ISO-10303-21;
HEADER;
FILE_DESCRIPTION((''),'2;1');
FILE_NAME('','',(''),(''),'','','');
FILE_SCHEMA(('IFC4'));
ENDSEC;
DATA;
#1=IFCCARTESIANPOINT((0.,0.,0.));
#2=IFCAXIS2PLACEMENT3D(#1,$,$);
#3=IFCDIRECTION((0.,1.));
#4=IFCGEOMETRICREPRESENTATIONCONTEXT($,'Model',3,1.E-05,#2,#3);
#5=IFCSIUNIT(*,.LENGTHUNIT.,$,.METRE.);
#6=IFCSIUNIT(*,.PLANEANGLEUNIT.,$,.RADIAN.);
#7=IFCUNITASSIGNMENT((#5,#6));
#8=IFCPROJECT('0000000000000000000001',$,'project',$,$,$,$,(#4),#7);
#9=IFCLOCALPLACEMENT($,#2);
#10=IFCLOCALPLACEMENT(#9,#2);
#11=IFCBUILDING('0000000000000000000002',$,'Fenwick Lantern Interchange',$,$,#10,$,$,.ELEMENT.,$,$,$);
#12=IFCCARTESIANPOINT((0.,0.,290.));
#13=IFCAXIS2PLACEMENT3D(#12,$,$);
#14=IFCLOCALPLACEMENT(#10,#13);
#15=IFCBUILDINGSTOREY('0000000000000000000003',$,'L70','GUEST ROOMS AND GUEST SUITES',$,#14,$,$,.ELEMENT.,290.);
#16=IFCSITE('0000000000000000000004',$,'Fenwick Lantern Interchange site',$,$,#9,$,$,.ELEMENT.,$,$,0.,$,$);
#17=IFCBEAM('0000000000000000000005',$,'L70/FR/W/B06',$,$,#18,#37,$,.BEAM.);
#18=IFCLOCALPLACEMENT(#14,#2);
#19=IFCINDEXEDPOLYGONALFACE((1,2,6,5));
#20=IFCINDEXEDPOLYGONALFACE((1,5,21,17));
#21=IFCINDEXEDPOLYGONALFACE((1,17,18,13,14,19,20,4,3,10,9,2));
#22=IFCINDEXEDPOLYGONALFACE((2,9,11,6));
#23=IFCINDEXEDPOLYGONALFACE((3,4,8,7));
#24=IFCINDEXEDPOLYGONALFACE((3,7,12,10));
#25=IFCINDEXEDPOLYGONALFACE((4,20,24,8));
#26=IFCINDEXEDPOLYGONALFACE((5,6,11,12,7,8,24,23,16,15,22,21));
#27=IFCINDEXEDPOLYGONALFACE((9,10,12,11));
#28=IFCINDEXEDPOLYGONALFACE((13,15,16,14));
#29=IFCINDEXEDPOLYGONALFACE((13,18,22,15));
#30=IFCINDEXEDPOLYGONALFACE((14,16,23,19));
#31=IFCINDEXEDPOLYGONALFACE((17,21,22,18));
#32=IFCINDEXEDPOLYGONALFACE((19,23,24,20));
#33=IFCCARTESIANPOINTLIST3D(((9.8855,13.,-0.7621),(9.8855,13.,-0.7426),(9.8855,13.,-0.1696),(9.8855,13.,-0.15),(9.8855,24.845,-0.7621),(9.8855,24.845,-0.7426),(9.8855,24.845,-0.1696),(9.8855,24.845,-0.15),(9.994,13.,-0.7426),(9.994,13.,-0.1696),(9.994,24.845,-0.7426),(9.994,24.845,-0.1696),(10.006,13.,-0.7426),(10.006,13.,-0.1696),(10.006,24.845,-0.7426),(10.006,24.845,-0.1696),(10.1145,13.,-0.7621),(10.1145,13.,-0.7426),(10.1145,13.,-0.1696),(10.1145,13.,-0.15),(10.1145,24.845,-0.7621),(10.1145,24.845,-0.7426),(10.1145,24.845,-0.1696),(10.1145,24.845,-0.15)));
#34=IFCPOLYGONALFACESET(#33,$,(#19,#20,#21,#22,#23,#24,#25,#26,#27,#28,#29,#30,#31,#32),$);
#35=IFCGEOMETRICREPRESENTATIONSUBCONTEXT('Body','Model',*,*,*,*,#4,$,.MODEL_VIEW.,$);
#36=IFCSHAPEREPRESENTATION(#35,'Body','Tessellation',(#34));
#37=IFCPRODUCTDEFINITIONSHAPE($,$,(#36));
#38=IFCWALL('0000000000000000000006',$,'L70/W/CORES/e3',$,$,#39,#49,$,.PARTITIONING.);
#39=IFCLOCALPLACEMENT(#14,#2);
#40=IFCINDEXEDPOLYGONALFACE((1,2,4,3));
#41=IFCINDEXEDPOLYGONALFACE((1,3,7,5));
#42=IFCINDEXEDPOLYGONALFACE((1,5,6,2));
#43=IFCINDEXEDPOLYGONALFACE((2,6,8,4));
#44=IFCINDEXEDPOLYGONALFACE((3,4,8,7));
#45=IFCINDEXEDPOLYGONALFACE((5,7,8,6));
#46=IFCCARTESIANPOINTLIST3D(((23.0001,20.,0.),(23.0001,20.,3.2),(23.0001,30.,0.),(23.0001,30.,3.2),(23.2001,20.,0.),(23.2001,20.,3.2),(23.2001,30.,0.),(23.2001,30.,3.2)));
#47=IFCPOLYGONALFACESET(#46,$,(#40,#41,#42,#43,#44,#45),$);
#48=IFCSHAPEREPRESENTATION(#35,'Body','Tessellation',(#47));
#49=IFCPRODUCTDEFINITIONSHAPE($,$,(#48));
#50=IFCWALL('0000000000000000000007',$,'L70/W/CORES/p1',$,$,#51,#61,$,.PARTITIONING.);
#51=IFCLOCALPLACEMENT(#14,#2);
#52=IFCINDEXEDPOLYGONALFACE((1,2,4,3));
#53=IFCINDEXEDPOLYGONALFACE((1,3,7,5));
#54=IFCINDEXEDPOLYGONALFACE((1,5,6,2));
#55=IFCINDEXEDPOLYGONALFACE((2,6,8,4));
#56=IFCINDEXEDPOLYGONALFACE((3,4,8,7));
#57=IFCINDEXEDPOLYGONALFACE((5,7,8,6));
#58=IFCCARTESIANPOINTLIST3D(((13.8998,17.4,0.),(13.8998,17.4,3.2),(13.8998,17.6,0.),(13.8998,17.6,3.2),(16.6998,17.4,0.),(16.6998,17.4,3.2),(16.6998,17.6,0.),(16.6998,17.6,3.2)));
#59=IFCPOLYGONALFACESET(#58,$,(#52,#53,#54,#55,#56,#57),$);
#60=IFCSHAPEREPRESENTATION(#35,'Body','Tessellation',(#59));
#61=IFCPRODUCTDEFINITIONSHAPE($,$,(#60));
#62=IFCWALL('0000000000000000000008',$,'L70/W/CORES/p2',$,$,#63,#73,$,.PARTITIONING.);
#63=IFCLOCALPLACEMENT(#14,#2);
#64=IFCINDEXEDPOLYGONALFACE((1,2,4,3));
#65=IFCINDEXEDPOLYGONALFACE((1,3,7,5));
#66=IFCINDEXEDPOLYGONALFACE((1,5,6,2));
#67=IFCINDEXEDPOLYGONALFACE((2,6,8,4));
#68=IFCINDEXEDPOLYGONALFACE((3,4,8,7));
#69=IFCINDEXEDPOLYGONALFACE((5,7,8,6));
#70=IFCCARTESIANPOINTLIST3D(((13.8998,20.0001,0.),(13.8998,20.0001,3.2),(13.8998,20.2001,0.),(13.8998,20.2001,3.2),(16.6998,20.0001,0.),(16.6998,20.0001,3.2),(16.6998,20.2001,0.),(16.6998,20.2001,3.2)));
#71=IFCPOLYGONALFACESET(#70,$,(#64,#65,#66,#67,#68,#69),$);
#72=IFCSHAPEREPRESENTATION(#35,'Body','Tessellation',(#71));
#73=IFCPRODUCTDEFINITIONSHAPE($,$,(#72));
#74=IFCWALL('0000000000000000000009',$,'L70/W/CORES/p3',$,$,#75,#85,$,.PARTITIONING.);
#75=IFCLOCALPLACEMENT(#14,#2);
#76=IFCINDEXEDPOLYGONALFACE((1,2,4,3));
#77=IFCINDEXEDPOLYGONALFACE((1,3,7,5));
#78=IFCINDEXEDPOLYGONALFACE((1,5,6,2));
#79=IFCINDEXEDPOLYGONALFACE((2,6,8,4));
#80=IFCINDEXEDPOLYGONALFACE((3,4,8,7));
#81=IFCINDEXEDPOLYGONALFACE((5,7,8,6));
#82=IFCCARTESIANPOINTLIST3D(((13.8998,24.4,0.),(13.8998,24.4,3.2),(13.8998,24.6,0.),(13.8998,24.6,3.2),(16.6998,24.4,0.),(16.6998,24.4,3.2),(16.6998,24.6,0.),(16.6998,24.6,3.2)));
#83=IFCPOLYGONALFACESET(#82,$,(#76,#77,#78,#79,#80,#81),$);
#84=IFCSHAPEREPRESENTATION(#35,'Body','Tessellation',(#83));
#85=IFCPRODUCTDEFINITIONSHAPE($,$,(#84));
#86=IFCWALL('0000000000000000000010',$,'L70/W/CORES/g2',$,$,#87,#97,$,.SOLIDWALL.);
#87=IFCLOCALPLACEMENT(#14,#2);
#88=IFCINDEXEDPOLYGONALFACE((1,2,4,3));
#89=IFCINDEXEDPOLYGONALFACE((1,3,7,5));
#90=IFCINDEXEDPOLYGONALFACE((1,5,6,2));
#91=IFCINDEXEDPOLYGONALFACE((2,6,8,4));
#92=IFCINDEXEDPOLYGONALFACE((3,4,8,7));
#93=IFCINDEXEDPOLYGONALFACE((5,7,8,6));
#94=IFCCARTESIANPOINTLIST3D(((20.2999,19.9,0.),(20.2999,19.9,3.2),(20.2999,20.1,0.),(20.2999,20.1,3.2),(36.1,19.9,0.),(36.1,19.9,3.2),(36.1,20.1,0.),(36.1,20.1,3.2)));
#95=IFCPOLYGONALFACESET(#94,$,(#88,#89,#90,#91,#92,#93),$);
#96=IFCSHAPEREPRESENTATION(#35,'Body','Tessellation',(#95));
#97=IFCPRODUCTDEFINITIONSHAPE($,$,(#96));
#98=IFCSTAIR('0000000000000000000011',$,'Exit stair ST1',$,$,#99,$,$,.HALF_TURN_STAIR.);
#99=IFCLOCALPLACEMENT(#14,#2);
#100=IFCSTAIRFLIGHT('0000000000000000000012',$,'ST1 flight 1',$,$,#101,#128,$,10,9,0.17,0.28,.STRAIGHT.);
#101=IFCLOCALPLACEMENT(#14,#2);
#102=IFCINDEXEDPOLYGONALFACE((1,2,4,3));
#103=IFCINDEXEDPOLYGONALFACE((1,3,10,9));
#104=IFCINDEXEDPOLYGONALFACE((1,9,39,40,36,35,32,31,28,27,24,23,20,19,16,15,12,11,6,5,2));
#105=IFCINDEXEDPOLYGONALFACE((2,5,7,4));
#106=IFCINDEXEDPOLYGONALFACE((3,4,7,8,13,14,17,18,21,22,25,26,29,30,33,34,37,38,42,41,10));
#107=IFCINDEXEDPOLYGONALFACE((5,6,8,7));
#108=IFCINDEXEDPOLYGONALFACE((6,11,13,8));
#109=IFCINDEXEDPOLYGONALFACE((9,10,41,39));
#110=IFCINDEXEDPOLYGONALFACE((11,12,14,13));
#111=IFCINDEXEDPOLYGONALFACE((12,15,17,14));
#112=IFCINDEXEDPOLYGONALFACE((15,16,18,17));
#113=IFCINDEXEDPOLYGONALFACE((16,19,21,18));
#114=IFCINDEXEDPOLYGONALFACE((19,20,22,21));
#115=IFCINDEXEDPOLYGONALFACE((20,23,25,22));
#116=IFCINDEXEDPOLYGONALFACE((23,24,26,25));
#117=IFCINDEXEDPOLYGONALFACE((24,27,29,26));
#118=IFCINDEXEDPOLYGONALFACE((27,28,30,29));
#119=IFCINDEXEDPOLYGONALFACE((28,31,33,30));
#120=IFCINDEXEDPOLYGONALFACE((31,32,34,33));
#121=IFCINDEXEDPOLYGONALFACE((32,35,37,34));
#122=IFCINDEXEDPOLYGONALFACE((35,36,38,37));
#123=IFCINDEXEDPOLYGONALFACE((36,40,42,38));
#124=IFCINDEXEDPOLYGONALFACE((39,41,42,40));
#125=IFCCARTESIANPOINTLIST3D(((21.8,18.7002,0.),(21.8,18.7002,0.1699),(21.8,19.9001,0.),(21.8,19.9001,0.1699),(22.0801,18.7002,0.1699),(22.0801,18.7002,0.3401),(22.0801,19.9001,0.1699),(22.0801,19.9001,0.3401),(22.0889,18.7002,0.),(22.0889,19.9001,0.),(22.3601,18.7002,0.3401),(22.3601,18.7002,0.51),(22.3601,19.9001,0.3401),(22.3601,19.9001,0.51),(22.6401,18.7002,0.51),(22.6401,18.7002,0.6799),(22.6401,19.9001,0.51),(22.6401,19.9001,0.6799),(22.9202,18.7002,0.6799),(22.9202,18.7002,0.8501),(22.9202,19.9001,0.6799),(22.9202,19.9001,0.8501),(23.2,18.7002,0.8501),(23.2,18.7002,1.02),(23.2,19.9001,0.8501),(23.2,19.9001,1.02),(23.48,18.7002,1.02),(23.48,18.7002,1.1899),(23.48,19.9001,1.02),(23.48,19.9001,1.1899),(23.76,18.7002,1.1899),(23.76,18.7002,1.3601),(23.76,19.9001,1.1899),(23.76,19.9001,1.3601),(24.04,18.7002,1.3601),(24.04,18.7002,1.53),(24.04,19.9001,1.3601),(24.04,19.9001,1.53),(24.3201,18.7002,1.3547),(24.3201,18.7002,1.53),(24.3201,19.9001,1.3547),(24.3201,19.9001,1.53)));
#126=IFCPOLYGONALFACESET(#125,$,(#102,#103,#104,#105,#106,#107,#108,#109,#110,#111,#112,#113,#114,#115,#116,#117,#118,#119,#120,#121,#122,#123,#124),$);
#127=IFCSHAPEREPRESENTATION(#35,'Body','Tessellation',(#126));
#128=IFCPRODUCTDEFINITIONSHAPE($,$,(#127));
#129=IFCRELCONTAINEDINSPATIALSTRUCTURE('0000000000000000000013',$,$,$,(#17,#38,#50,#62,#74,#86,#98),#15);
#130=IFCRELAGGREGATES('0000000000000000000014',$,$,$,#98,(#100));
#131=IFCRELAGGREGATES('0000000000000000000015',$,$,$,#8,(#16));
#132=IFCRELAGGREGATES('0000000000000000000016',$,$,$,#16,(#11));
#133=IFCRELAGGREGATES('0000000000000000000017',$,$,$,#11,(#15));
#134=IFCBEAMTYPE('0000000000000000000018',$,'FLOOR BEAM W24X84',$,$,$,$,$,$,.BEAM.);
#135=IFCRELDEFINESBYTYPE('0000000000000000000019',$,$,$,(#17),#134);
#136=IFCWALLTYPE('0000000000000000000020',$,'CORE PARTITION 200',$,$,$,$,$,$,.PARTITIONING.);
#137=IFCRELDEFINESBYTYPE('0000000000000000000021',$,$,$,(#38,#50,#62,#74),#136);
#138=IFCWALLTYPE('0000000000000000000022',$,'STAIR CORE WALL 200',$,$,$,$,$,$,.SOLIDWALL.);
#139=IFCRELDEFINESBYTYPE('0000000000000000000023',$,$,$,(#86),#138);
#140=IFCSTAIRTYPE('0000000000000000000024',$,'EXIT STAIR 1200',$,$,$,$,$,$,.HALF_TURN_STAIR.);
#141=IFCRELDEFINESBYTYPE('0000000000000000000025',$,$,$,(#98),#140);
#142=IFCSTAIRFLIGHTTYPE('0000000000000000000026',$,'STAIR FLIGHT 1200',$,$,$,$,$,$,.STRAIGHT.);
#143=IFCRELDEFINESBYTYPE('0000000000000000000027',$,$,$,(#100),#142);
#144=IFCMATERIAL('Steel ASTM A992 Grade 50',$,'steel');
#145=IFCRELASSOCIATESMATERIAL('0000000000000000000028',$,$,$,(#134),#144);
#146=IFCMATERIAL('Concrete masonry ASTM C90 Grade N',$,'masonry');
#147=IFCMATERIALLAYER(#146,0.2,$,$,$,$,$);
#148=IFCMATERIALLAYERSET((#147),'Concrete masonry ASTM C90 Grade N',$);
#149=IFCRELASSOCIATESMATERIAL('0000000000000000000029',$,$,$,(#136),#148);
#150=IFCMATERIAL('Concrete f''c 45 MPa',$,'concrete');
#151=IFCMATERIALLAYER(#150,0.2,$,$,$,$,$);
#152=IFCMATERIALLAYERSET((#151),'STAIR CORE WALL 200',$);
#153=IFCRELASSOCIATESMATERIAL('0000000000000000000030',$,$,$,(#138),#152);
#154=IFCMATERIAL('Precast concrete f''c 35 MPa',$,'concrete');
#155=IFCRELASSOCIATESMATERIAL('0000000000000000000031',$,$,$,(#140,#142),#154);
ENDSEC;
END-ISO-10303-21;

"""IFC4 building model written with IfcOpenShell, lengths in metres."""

from ifc_helpers import new_model, si_unit, direction, frame, frame_2d, origin, origin_2d, place, context, subcontext, project, spatial, polyline, rectangle, i_section, outline, extrude, material, layer, layer_set, material_profile, profile_set, type_object, element, aggregate, save


model = new_model("IFC4")

# Units and contexts
model_context = context("Model", 3, precision=1e-05, world=origin(), true_north=direction((0.0, 1.0)))
body_context = subcontext(model_context, "Body", "Model", "MODEL_VIEW")
ifc_project = project(units=[si_unit("LENGTHUNIT", "METRE"), si_unit("PLANEANGLEUNIT", "RADIAN")], contexts=[model_context])

# Site, building, storey
site_placement = place(None, origin())
site = spatial("IfcSite", under=ifc_project, at=site_placement, Name="Fenwick Lantern Interchange site", CompositionType="ELEMENT", RefElevation=0.0)
building_placement = place(site_placement, origin())
building = spatial("IfcBuilding", under=site, at=building_placement, Name="Fenwick Lantern Interchange", CompositionType="ELEMENT")
storey_placement = place(building_placement, frame((0.0, 0.0, 290.0)))
storey = spatial("IfcBuildingStorey", under=building, at=storey_placement, Name="L70", Description="GUEST ROOMS AND GUEST SUITES", CompositionType="ELEMENT", Elevation=290.0)

# Beam
ifc_material_1 = material(Name="Steel ASTM A992 Grade 50", Category="steel")
ifc_material_profile = material_profile(ifc_material_1, i_section(OverallWidth=0.229, OverallDepth=0.6121, WebThickness=0.012, FlangeThickness=0.0195, at=origin_2d()), Name="W24X84")
ifc_profile_set = profile_set([ifc_material_profile], Name="Steel ASTM A992 Grade 50")
beam_type = type_object("IfcBeamType", Name="FLOOR BEAM W24X84", PredefinedType="BEAM", material=ifc_profile_set)
beam_placement = place(storey_placement, frame((10.0, 24.845, -0.4561), z_axis=(0.0, -1.0, 0.0), x_axis=(1.0, 0.0, 0.0)))
element("IfcBeam", 1, at=beam_placement, inside=storey, type_object=beam_type, Name="L70/FR/W/B06", PredefinedType="BEAM", context=body_context, shape_type="SweptSolid", body=[
    extrude(i_section(OverallWidth=0.229, OverallDepth=0.6121, WebThickness=0.012, FlangeThickness=0.0195, at=origin_2d()), origin(), (0.0, 0.0, 1.0), 11.845),
])

# Walls
ifc_material_2 = material(Name="Concrete masonry ASTM C90 Grade N", Category="masonry")
ifc_layer_1 = layer(ifc_material_2, 0.2)
ifc_layer_set_1 = layer_set([ifc_layer_1], Name="Concrete masonry ASTM C90 Grade N")
wall_type_1 = type_object("IfcWallType", Name="CORE PARTITION 200", PredefinedType="PARTITIONING", material=ifc_layer_set_1)
wall_1_placement = place(storey_placement, frame((23.1001, 20.0, 0.0), z_axis=(0.0, 0.0, 1.0), x_axis=(0.0, 1.0, 0.0)))
element("IfcWall", 2, at=wall_1_placement, inside=storey, type_object=wall_type_1, Name="L70/W/CORES/e3", PredefinedType="PARTITIONING", context=body_context, shape_type="SweptSolid", body=[
    extrude(rectangle(XDim=10.0, YDim=0.2, at=frame_2d((5.0, 0.0))), origin(), (0.0, 0.0, 1.0), 3.2),
])
for number, where, z_axis, x_axis, name in (
    (3, (13.8999, 17.5, 0.0), (0.0, 0.0, 1.0), (1.0, 0.0, 0.0), "L70/W/CORES/p1"),
    (4, (13.8999, 20.1001, 0.0), (0.0, 0.0, 1.0), (1.0, 0.0, 0.0), "L70/W/CORES/p2"),
    (5, (13.8999, 24.5, 0.0), (0.0, 0.0, 1.0), (1.0, 0.0, 0.0), "L70/W/CORES/p3"),
):
    element("IfcWall", number, at=place(storey_placement, frame(where, z_axis=z_axis, x_axis=x_axis)), inside=storey, type_object=wall_type_1, Name=name, PredefinedType="PARTITIONING", context=body_context, shape_type="SweptSolid", body=[
        extrude(rectangle(XDim=2.8, YDim=0.2, at=frame_2d((1.3999, 0.0))), origin(), (0.0, 0.0, 1.0), 3.2),
    ])
ifc_material_3 = material(Name="Concrete f'c 45 MPa", Category="concrete")
ifc_layer_2 = layer(ifc_material_3, 0.2)
ifc_layer_set_2 = layer_set([ifc_layer_2], Name="STAIR CORE WALL 200")
wall_type_2 = type_object("IfcWallType", Name="STAIR CORE WALL 200", PredefinedType="SOLIDWALL", material=ifc_layer_set_2)
wall_2_placement = place(storey_placement, frame((20.3, 20.0, 0.0), z_axis=(0.0, 0.0, 1.0), x_axis=(1.0, 0.0, 0.0)))
element("IfcWall", 6, at=wall_2_placement, inside=storey, type_object=wall_type_2, Name="L70/W/CORES/g2", PredefinedType="SOLIDWALL", context=body_context, shape_type="SweptSolid", body=[
    extrude(rectangle(XDim=15.8, YDim=0.2, at=frame_2d((7.8999, 0.0))), origin(), (0.0, 0.0, 1.0), 3.2),
])

# Stair, stair flight
ifc_material_4 = material(Name="Precast concrete f'c 35 MPa", Category="concrete")
stair_type = type_object("IfcStairType", Name="EXIT STAIR 1200", PredefinedType="HALF_TURN_STAIR", material=ifc_material_4)
stair_placement = place(storey_placement, origin())
stair = element("IfcStair", 7, at=stair_placement, inside=storey, type_object=stair_type, Name="Exit stair ST1", PredefinedType="HALF_TURN_STAIR")
stair_flight_type = type_object("IfcStairFlightType", Name="STAIR FLIGHT 1200", PredefinedType="STRAIGHT", material=ifc_material_4)
stair_flight_placement = place(storey_placement, frame((21.8, 19.3, 0.0), z_axis=(0.0, 0.0, 1.0), x_axis=(1.0, 0.0, 0.0)))
stair_flight = element("IfcStairFlight", 8, at=stair_flight_placement, type_object=stair_flight_type, Name="ST1 flight 1", NumberOfRisers=10, NumberOfTreads=9, PredefinedType="STRAIGHT", RiserHeight=0.17, TreadLength=0.28, context=body_context, shape_type="SweptSolid", body=[
    extrude(outline(polyline([(0.0, 0.0), (0.0, 0.1699), (0.28, 0.1699), (0.28, 0.3401), (0.5601, 0.3401), (0.5601, 0.51), (0.8401, 0.51), (0.8401, 0.6799), (1.1201, 0.6799), (1.1201, 0.8501), (1.3999, 0.8501), (1.3999, 1.02), (1.6799, 1.02), (1.6799, 1.1899), (1.96, 1.1899), (1.96, 1.3601), (2.24, 1.3601), (2.24, 1.53), (2.52, 1.53), (2.52, 1.7), (2.52, 1.3547), (0.2888, 0.0), (0.0, 0.0)])), frame((0.0, 0.6001, 0.0), z_axis=(0.0, -1.0, 0.0), x_axis=(1.0, 0.0, 0.0)), (0.0, 0.0, 1.0), 1.2),
])
aggregate(stair, [stair_flight])

save(model, "model.ifc")
